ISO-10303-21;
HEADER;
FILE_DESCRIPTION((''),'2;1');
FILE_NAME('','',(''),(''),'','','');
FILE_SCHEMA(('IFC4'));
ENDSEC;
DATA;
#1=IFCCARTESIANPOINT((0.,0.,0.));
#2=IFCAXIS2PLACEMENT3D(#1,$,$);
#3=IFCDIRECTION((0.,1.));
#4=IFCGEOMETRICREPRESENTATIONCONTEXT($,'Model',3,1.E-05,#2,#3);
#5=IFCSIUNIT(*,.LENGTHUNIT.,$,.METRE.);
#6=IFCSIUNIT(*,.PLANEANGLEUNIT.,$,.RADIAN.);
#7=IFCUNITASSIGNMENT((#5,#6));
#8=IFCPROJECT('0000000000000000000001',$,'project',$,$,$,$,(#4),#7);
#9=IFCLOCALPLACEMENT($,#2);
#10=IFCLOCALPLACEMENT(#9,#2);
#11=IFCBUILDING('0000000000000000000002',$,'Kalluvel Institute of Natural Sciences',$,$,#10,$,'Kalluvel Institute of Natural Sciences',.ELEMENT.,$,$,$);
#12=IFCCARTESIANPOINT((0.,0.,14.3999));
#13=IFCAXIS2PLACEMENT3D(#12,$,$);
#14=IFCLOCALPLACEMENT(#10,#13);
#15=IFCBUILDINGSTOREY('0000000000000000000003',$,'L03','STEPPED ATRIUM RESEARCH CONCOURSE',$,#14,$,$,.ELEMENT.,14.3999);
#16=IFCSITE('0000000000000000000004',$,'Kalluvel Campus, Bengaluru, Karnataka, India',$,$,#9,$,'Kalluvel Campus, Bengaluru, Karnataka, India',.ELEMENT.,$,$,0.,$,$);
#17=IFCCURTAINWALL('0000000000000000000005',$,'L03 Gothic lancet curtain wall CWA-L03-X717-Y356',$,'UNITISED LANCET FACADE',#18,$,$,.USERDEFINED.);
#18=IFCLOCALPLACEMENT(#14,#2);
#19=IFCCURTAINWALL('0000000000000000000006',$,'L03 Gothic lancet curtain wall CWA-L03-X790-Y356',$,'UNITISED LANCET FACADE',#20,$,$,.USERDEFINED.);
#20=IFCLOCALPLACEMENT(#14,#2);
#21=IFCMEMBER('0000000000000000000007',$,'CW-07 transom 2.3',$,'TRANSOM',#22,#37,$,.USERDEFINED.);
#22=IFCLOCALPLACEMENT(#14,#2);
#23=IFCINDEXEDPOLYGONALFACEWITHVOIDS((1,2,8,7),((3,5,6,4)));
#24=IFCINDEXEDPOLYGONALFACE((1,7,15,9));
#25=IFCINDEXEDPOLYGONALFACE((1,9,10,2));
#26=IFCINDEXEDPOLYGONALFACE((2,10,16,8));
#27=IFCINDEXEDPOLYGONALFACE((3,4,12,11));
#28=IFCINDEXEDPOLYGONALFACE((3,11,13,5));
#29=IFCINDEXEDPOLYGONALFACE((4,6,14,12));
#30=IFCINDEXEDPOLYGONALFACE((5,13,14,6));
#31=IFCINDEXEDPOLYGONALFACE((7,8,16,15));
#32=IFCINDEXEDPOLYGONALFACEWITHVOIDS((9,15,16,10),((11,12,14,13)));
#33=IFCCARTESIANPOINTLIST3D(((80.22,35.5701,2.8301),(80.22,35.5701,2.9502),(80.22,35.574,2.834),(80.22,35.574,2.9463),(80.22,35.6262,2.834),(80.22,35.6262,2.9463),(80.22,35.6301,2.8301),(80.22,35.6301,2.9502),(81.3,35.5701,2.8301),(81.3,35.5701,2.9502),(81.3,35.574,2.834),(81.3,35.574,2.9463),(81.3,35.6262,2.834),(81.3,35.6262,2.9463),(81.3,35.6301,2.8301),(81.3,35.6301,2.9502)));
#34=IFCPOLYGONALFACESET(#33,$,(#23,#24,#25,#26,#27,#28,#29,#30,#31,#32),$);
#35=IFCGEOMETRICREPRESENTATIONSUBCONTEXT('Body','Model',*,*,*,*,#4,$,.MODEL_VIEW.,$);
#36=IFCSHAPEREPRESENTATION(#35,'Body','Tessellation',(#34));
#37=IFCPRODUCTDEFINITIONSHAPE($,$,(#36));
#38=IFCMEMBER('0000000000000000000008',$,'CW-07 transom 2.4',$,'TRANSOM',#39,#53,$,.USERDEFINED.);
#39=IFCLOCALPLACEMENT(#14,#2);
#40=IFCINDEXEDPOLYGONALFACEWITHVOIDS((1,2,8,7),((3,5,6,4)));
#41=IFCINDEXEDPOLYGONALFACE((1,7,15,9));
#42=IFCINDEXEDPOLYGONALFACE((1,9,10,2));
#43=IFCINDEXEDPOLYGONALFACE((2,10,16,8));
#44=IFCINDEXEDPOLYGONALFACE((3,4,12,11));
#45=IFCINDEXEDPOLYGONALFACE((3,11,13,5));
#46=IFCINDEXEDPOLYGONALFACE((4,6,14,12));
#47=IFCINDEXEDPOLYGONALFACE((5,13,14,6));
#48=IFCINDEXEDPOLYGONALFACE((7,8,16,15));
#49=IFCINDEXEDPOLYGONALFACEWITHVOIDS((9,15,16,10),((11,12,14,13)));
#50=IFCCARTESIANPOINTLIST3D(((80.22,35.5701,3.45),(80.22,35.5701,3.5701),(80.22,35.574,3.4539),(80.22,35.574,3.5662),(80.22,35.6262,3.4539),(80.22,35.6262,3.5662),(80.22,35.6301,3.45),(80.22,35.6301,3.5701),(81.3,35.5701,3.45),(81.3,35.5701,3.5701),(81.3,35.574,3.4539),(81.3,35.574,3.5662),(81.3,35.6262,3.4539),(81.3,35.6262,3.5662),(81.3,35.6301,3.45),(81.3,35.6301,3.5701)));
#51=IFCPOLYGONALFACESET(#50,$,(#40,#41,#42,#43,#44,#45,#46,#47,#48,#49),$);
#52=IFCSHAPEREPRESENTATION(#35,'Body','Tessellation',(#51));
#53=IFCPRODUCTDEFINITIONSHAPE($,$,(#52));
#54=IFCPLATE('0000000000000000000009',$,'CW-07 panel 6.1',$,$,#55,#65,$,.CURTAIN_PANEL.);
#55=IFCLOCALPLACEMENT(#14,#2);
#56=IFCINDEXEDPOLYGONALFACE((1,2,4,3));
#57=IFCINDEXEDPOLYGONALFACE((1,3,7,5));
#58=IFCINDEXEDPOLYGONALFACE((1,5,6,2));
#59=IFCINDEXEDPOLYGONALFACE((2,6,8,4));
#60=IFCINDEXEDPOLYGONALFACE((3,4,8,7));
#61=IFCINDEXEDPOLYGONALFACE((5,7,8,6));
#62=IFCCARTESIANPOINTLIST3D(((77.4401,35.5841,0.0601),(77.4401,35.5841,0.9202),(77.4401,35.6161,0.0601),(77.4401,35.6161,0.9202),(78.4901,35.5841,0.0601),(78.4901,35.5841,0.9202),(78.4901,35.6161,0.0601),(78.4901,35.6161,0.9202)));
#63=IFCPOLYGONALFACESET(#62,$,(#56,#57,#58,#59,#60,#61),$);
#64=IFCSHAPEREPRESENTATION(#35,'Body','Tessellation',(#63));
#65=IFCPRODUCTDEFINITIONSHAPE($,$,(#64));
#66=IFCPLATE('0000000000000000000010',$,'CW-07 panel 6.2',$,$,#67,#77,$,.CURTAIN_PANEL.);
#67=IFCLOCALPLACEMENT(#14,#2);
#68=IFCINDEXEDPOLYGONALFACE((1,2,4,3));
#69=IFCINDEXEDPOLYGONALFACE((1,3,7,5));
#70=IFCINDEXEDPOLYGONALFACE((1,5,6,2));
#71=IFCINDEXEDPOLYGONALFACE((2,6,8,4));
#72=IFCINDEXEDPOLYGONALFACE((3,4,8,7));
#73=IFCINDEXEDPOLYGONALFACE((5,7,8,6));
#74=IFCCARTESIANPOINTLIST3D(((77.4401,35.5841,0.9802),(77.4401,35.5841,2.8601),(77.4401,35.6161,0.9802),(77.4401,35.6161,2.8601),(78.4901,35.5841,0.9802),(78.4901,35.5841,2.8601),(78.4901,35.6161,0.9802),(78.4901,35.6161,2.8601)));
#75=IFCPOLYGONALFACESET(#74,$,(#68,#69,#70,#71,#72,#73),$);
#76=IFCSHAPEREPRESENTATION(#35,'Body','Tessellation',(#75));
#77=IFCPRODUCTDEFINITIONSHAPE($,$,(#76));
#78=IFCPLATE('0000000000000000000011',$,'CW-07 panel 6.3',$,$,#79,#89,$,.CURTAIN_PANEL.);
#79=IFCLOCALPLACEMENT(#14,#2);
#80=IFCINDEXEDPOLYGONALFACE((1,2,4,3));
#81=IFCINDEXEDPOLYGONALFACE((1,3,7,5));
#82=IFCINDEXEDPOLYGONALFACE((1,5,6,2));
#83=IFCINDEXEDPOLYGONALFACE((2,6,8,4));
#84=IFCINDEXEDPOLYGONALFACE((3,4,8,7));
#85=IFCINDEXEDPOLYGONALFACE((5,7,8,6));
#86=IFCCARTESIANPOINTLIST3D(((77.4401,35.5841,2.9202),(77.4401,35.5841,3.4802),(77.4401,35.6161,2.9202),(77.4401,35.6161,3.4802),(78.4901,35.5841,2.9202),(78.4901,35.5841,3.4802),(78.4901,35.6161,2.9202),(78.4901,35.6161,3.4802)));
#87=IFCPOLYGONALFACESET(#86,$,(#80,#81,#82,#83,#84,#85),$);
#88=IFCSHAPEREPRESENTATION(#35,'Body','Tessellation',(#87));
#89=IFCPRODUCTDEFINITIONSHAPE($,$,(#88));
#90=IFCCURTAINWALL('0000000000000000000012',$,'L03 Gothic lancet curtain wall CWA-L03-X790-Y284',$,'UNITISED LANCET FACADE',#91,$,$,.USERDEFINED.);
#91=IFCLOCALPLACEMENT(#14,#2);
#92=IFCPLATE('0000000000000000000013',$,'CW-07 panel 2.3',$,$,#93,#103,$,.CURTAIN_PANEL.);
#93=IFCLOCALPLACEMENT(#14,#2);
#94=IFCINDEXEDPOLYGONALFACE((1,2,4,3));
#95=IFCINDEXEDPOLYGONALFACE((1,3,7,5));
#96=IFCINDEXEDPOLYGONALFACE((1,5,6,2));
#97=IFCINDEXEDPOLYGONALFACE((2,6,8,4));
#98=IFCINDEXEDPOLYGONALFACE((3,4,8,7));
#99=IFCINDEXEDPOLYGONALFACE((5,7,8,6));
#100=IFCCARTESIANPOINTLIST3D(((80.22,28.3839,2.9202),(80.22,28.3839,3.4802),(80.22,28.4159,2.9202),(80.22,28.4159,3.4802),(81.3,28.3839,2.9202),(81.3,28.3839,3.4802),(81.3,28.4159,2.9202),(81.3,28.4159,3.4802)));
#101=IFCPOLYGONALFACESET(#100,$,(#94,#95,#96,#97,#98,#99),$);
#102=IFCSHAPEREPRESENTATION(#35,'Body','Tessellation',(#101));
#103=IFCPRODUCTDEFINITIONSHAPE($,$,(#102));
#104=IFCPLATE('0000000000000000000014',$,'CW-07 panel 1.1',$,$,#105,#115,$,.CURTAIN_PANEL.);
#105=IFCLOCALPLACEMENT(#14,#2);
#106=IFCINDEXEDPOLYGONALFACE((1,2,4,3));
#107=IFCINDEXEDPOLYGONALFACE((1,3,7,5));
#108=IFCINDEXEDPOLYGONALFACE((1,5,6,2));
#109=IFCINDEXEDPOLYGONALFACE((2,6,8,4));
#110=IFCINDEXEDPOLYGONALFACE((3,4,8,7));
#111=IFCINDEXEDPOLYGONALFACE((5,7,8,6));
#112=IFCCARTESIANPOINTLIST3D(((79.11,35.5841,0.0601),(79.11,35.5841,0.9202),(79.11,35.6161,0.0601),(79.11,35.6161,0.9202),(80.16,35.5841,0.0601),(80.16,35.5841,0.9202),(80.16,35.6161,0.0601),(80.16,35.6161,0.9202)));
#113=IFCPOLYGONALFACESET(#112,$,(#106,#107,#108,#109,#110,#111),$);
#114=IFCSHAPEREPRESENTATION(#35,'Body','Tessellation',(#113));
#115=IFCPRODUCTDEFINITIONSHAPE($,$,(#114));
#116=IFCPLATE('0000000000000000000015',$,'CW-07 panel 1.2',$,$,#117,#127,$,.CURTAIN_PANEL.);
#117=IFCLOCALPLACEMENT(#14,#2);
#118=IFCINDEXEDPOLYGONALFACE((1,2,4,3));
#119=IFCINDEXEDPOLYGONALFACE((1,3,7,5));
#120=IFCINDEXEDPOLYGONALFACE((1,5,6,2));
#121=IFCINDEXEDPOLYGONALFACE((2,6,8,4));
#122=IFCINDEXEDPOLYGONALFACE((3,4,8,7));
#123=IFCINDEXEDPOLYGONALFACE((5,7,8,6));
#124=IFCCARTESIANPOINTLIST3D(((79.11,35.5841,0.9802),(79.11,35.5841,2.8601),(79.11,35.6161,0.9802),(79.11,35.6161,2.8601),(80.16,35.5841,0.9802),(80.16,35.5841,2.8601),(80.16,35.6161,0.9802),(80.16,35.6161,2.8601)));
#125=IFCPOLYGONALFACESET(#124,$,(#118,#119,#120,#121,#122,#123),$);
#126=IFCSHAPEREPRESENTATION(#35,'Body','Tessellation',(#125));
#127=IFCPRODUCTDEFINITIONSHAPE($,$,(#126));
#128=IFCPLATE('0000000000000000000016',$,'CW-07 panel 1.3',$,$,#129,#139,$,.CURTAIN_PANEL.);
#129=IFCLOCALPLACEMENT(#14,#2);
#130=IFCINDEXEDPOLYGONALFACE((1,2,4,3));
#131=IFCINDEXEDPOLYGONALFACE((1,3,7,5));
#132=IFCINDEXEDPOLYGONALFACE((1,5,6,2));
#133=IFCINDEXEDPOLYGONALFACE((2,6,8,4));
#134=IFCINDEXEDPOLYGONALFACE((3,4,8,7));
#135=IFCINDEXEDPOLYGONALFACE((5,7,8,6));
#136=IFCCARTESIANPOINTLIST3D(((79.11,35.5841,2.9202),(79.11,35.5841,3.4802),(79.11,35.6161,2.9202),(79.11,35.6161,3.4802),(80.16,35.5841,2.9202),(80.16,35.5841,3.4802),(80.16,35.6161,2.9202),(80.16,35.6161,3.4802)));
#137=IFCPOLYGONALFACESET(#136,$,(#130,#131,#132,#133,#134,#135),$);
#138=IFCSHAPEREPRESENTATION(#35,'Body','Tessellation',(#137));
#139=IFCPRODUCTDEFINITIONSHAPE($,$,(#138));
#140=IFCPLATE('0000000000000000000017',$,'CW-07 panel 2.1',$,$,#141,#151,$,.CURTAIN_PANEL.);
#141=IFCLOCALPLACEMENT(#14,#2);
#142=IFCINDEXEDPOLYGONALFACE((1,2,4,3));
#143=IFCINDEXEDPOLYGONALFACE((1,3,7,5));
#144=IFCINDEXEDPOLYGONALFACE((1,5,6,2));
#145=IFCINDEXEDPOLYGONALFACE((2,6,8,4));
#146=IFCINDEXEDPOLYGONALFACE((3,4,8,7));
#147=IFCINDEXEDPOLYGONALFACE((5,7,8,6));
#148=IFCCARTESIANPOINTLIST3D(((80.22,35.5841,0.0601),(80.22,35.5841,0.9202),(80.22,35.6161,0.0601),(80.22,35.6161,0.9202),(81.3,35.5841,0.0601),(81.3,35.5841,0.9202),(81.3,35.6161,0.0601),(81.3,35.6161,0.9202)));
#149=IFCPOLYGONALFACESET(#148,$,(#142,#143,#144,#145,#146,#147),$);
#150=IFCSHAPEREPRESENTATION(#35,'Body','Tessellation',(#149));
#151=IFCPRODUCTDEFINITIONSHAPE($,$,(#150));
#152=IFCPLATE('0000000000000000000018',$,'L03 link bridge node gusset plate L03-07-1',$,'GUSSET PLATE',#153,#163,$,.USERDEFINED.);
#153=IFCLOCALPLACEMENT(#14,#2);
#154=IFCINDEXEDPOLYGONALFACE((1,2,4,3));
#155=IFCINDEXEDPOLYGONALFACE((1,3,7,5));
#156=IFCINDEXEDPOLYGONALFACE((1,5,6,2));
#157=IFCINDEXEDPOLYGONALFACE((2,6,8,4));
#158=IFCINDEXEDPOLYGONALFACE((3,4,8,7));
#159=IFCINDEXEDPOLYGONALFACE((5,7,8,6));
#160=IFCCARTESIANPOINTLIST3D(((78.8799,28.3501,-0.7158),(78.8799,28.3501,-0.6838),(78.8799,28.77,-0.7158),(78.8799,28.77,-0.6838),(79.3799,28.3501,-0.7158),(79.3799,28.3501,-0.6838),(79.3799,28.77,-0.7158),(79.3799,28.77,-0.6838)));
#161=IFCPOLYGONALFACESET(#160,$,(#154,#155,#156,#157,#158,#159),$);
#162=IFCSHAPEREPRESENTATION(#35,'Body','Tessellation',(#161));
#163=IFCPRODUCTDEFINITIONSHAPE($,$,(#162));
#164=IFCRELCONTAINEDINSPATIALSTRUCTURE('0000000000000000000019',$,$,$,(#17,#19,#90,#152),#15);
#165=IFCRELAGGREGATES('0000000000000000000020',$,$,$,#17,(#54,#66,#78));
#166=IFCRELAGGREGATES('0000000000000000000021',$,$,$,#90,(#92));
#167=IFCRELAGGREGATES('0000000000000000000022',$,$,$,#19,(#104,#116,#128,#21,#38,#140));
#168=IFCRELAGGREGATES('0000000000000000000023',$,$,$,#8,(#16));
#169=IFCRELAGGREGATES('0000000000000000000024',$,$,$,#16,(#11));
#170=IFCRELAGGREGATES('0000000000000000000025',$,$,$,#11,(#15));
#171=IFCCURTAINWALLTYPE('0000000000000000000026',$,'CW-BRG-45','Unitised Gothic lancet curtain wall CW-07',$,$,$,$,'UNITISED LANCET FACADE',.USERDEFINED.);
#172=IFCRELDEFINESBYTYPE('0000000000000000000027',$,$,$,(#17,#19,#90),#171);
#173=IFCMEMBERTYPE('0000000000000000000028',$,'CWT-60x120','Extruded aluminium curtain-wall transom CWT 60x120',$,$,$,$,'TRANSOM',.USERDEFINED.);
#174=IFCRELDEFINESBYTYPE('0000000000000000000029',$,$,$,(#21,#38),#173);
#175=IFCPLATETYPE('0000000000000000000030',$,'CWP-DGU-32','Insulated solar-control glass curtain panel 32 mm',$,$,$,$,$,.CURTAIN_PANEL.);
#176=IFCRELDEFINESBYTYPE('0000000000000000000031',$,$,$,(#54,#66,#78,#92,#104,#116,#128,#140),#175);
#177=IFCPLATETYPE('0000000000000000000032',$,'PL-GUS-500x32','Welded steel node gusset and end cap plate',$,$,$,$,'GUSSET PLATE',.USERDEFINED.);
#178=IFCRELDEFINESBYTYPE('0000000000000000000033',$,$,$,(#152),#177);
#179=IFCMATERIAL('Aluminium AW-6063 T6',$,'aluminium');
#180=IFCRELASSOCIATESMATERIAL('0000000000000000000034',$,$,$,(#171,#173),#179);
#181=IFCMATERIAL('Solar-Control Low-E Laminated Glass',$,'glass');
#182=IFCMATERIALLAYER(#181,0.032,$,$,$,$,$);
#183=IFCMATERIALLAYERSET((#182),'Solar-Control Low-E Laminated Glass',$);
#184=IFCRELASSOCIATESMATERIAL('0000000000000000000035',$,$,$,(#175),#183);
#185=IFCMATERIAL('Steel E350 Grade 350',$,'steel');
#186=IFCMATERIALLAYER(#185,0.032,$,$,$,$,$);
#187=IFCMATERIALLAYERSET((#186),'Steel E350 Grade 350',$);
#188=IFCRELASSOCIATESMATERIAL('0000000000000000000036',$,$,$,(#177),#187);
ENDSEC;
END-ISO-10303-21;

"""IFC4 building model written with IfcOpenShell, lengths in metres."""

from ifc_helpers import new_model, si_unit, direction, frame, origin, origin_2d, place, context, subcontext, project, spatial, rectangle, hollow_rectangle, extrude, material, layer, layer_set, material_profile, profile_set, type_object, element, aggregate, save


model = new_model("IFC4")

# Units and contexts
model_context = context("Model", 3, precision=1e-05, world=origin(), true_north=direction((0.0, 1.0)))
body_context = subcontext(model_context, "Body", "Model", "MODEL_VIEW")
ifc_project = project(units=[si_unit("LENGTHUNIT", "METRE"), si_unit("PLANEANGLEUNIT", "RADIAN")], contexts=[model_context])

# Site, building, storey
site_placement = place(None, origin())
site = spatial("IfcSite", under=ifc_project, at=site_placement, Name="Kalluvel Campus, Bengaluru, Karnataka, India", LongName="Kalluvel Campus, Bengaluru, Karnataka, India", CompositionType="ELEMENT", RefElevation=0.0)
building_placement = place(site_placement, origin())
building = spatial("IfcBuilding", under=site, at=building_placement, Name="Kalluvel Institute of Natural Sciences", LongName="Kalluvel Institute of Natural Sciences", CompositionType="ELEMENT")
storey_placement = place(building_placement, frame((0.0, 0.0, 14.3999)))
storey = spatial("IfcBuildingStorey", under=building, at=storey_placement, Name="L03", Description="STEPPED ATRIUM RESEARCH CONCOURSE", CompositionType="ELEMENT", Elevation=14.3999)

# Shared definitions
ifc_material_1 = material(Name="Steel E350 Grade 350", Category="steel")

# Curtain wall
ifc_material_2 = material(Name="Aluminium AW-6063 T6", Category="aluminium")
curtain_wall_type = type_object("IfcCurtainWallType", Name="CW-BRG-45", Description="Unitised Gothic lancet curtain wall CW-07", ElementType="UNITISED LANCET FACADE", PredefinedType="USERDEFINED", material=ifc_material_2)
curtain_wall_1_placement = place(storey_placement, origin())
curtain_wall_1 = element("IfcCurtainWall", 1, at=curtain_wall_1_placement, inside=storey, type_object=curtain_wall_type, Name="L03 Gothic lancet curtain wall CWA-L03-X717-Y356", ObjectType="UNITISED LANCET FACADE", PredefinedType="USERDEFINED")

# Curtain wall
curtain_wall_2_placement = place(storey_placement, origin())
curtain_wall_2 = element("IfcCurtainWall", 2, at=curtain_wall_2_placement, inside=storey, type_object=curtain_wall_type, Name="L03 Gothic lancet curtain wall CWA-L03-X790-Y356", ObjectType="UNITISED LANCET FACADE", PredefinedType="USERDEFINED")

# Members
ifc_material_profile_1 = material_profile(ifc_material_2, hollow_rectangle(XDim=0.0601, YDim=0.1201, WallThickness=0.0039, at=origin_2d()), Name="CWT 60x120")
ifc_profile_set_1 = profile_set([ifc_material_profile_1], Name="Aluminium AW-6063 T6")
member_type_1 = type_object("IfcMemberType", Name="CWT-60x120", Description="Extruded aluminium curtain-wall transom CWT 60x120", ElementType="TRANSOM", PredefinedType="USERDEFINED", material=ifc_profile_set_1)
member_1_placement = place(storey_placement, frame((80.22, 35.6001, 2.8901), z_axis=(1.0, 0.0, 0.0), x_axis=(0.0, 1.0, 0.0)))
member_1 = element("IfcMember", 3, at=member_1_placement, type_object=member_type_1, Name="CW-07 transom 2.3", ObjectType="TRANSOM", PredefinedType="USERDEFINED", context=body_context, shape_type="SweptSolid", body=[
    extrude(hollow_rectangle(XDim=0.0601, YDim=0.1201, WallThickness=0.0039, at=origin_2d()), origin(), (0.0, 0.0, 1.0), 1.0801),
])
member_2_placement = place(storey_placement, frame((80.22, 35.6001, 3.51), z_axis=(1.0, 0.0, 0.0), x_axis=(0.0, 1.0, 0.0)))
member_2 = element("IfcMember", 4, at=member_2_placement, type_object=member_type_1, Name="CW-07 transom 2.4", ObjectType="TRANSOM", PredefinedType="USERDEFINED", context=body_context, shape_type="SweptSolid", body=[
    extrude(hollow_rectangle(XDim=0.0601, YDim=0.1201, WallThickness=0.0039, at=origin_2d()), origin(), (0.0, 0.0, 1.0), 1.0801),
])

# Plates
ifc_material_3 = material(Name="Solar-Control Low-E Laminated Glass", Category="glass")
ifc_layer_1 = layer(ifc_material_3, 0.032)
ifc_layer_set_1 = layer_set([ifc_layer_1], Name="Solar-Control Low-E Laminated Glass")
plate_type_1 = type_object("IfcPlateType", Name="CWP-DGU-32", Description="Insulated solar-control glass curtain panel 32 mm", PredefinedType="CURTAIN_PANEL", material=ifc_layer_set_1)
plate_1_placement = place(storey_placement, frame((77.9651, 35.6001, 0.0601), z_axis=(0.0, 0.0, 1.0), x_axis=(1.0, 0.0, 0.0)))
plate_1 = element("IfcPlate", 5, at=plate_1_placement, type_object=plate_type_1, Name="CW-07 panel 6.1", PredefinedType="CURTAIN_PANEL", context=body_context, shape_type="SweptSolid", body=[
    extrude(rectangle(XDim=1.05, YDim=0.032, at=origin_2d()), origin(), (0.0, 0.0, 1.0), 0.8601),
])
plate_2_placement = place(storey_placement, frame((77.9651, 35.6001, 0.9802), z_axis=(0.0, 0.0, 1.0), x_axis=(1.0, 0.0, 0.0)))
plate_2 = element("IfcPlate", 6, at=plate_2_placement, type_object=plate_type_1, Name="CW-07 panel 6.2", PredefinedType="CURTAIN_PANEL", context=body_context, shape_type="SweptSolid", body=[
    extrude(rectangle(XDim=1.05, YDim=0.032, at=origin_2d()), origin(), (0.0, 0.0, 1.0), 1.8799),
])
plate_3_placement = place(storey_placement, frame((77.9651, 35.6001, 2.9202), z_axis=(0.0, 0.0, 1.0), x_axis=(1.0, 0.0, 0.0)))
plate_3 = element("IfcPlate", 7, at=plate_3_placement, type_object=plate_type_1, Name="CW-07 panel 6.3", PredefinedType="CURTAIN_PANEL", context=body_context, shape_type="SweptSolid", body=[
    extrude(rectangle(XDim=1.05, YDim=0.032, at=origin_2d()), origin(), (0.0, 0.0, 1.0), 0.5601),
])
aggregate(curtain_wall_1, [plate_1, plate_2, plate_3])

# Curtain wall, plate
curtain_wall_3_placement = place(storey_placement, origin())
curtain_wall_3 = element("IfcCurtainWall", 8, at=curtain_wall_3_placement, inside=storey, type_object=curtain_wall_type, Name="L03 Gothic lancet curtain wall CWA-L03-X790-Y284", ObjectType="UNITISED LANCET FACADE", PredefinedType="USERDEFINED")
plate_4_placement = place(storey_placement, frame((80.76, 28.3999, 2.9202), z_axis=(0.0, 0.0, 1.0), x_axis=(1.0, 0.0, 0.0)))
plate_4 = element("IfcPlate", 9, at=plate_4_placement, type_object=plate_type_1, Name="CW-07 panel 2.3", PredefinedType="CURTAIN_PANEL", context=body_context, shape_type="SweptSolid", body=[
    extrude(rectangle(XDim=1.0801, YDim=0.032, at=origin_2d()), origin(), (0.0, 0.0, 1.0), 0.5601),
])
aggregate(curtain_wall_3, [plate_4])

# Plates
plate_5_placement = place(storey_placement, frame((79.635, 35.6001, 0.0601), z_axis=(0.0, 0.0, 1.0), x_axis=(1.0, 0.0, 0.0)))
plate_5 = element("IfcPlate", 10, at=plate_5_placement, type_object=plate_type_1, Name="CW-07 panel 1.1", PredefinedType="CURTAIN_PANEL", context=body_context, shape_type="SweptSolid", body=[
    extrude(rectangle(XDim=1.05, YDim=0.032, at=origin_2d()), origin(), (0.0, 0.0, 1.0), 0.8601),
])
plate_6_placement = place(storey_placement, frame((79.635, 35.6001, 0.9802), z_axis=(0.0, 0.0, 1.0), x_axis=(1.0, 0.0, 0.0)))
plate_6 = element("IfcPlate", 11, at=plate_6_placement, type_object=plate_type_1, Name="CW-07 panel 1.2", PredefinedType="CURTAIN_PANEL", context=body_context, shape_type="SweptSolid", body=[
    extrude(rectangle(XDim=1.05, YDim=0.032, at=origin_2d()), origin(), (0.0, 0.0, 1.0), 1.8799),
])
plate_7_placement = place(storey_placement, frame((79.635, 35.6001, 2.9202), z_axis=(0.0, 0.0, 1.0), x_axis=(1.0, 0.0, 0.0)))
plate_7 = element("IfcPlate", 12, at=plate_7_placement, type_object=plate_type_1, Name="CW-07 panel 1.3", PredefinedType="CURTAIN_PANEL", context=body_context, shape_type="SweptSolid", body=[
    extrude(rectangle(XDim=1.05, YDim=0.032, at=origin_2d()), origin(), (0.0, 0.0, 1.0), 0.5601),
])
plate_8_placement = place(storey_placement, frame((80.76, 35.6001, 0.0601), z_axis=(0.0, 0.0, 1.0), x_axis=(1.0, 0.0, 0.0)))
plate_8 = element("IfcPlate", 13, at=plate_8_placement, type_object=plate_type_1, Name="CW-07 panel 2.1", PredefinedType="CURTAIN_PANEL", context=body_context, shape_type="SweptSolid", body=[
    extrude(rectangle(XDim=1.0801, YDim=0.032, at=origin_2d()), origin(), (0.0, 0.0, 1.0), 0.8601),
])
aggregate(curtain_wall_2, [plate_5, plate_6, plate_7, member_1, member_2, plate_8])
ifc_layer_2 = layer(ifc_material_1, 0.032)
ifc_layer_set_2 = layer_set([ifc_layer_2], Name="Steel E350 Grade 350")
plate_type_2 = type_object("IfcPlateType", Name="PL-GUS-500x32", Description="Welded steel node gusset and end cap plate", ElementType="GUSSET PLATE", PredefinedType="USERDEFINED", material=ifc_layer_set_2)
plate_9_placement = place(storey_placement, frame((79.1299, 28.5601, -0.7158), z_axis=(0.0, 0.0, 1.0), x_axis=(1.0, 0.0, 0.0)))
element("IfcPlate", 14, at=plate_9_placement, inside=storey, type_object=plate_type_2, Name="L03 link bridge node gusset plate L03-07-1", ObjectType="GUSSET PLATE", PredefinedType="USERDEFINED", context=body_context, shape_type="SweptSolid", body=[
    extrude(rectangle(XDim=0.5, YDim=0.4199, at=origin_2d()), origin(), (0.0, 0.0, 1.0), 0.032),
])

save(model, "model.ifc")
